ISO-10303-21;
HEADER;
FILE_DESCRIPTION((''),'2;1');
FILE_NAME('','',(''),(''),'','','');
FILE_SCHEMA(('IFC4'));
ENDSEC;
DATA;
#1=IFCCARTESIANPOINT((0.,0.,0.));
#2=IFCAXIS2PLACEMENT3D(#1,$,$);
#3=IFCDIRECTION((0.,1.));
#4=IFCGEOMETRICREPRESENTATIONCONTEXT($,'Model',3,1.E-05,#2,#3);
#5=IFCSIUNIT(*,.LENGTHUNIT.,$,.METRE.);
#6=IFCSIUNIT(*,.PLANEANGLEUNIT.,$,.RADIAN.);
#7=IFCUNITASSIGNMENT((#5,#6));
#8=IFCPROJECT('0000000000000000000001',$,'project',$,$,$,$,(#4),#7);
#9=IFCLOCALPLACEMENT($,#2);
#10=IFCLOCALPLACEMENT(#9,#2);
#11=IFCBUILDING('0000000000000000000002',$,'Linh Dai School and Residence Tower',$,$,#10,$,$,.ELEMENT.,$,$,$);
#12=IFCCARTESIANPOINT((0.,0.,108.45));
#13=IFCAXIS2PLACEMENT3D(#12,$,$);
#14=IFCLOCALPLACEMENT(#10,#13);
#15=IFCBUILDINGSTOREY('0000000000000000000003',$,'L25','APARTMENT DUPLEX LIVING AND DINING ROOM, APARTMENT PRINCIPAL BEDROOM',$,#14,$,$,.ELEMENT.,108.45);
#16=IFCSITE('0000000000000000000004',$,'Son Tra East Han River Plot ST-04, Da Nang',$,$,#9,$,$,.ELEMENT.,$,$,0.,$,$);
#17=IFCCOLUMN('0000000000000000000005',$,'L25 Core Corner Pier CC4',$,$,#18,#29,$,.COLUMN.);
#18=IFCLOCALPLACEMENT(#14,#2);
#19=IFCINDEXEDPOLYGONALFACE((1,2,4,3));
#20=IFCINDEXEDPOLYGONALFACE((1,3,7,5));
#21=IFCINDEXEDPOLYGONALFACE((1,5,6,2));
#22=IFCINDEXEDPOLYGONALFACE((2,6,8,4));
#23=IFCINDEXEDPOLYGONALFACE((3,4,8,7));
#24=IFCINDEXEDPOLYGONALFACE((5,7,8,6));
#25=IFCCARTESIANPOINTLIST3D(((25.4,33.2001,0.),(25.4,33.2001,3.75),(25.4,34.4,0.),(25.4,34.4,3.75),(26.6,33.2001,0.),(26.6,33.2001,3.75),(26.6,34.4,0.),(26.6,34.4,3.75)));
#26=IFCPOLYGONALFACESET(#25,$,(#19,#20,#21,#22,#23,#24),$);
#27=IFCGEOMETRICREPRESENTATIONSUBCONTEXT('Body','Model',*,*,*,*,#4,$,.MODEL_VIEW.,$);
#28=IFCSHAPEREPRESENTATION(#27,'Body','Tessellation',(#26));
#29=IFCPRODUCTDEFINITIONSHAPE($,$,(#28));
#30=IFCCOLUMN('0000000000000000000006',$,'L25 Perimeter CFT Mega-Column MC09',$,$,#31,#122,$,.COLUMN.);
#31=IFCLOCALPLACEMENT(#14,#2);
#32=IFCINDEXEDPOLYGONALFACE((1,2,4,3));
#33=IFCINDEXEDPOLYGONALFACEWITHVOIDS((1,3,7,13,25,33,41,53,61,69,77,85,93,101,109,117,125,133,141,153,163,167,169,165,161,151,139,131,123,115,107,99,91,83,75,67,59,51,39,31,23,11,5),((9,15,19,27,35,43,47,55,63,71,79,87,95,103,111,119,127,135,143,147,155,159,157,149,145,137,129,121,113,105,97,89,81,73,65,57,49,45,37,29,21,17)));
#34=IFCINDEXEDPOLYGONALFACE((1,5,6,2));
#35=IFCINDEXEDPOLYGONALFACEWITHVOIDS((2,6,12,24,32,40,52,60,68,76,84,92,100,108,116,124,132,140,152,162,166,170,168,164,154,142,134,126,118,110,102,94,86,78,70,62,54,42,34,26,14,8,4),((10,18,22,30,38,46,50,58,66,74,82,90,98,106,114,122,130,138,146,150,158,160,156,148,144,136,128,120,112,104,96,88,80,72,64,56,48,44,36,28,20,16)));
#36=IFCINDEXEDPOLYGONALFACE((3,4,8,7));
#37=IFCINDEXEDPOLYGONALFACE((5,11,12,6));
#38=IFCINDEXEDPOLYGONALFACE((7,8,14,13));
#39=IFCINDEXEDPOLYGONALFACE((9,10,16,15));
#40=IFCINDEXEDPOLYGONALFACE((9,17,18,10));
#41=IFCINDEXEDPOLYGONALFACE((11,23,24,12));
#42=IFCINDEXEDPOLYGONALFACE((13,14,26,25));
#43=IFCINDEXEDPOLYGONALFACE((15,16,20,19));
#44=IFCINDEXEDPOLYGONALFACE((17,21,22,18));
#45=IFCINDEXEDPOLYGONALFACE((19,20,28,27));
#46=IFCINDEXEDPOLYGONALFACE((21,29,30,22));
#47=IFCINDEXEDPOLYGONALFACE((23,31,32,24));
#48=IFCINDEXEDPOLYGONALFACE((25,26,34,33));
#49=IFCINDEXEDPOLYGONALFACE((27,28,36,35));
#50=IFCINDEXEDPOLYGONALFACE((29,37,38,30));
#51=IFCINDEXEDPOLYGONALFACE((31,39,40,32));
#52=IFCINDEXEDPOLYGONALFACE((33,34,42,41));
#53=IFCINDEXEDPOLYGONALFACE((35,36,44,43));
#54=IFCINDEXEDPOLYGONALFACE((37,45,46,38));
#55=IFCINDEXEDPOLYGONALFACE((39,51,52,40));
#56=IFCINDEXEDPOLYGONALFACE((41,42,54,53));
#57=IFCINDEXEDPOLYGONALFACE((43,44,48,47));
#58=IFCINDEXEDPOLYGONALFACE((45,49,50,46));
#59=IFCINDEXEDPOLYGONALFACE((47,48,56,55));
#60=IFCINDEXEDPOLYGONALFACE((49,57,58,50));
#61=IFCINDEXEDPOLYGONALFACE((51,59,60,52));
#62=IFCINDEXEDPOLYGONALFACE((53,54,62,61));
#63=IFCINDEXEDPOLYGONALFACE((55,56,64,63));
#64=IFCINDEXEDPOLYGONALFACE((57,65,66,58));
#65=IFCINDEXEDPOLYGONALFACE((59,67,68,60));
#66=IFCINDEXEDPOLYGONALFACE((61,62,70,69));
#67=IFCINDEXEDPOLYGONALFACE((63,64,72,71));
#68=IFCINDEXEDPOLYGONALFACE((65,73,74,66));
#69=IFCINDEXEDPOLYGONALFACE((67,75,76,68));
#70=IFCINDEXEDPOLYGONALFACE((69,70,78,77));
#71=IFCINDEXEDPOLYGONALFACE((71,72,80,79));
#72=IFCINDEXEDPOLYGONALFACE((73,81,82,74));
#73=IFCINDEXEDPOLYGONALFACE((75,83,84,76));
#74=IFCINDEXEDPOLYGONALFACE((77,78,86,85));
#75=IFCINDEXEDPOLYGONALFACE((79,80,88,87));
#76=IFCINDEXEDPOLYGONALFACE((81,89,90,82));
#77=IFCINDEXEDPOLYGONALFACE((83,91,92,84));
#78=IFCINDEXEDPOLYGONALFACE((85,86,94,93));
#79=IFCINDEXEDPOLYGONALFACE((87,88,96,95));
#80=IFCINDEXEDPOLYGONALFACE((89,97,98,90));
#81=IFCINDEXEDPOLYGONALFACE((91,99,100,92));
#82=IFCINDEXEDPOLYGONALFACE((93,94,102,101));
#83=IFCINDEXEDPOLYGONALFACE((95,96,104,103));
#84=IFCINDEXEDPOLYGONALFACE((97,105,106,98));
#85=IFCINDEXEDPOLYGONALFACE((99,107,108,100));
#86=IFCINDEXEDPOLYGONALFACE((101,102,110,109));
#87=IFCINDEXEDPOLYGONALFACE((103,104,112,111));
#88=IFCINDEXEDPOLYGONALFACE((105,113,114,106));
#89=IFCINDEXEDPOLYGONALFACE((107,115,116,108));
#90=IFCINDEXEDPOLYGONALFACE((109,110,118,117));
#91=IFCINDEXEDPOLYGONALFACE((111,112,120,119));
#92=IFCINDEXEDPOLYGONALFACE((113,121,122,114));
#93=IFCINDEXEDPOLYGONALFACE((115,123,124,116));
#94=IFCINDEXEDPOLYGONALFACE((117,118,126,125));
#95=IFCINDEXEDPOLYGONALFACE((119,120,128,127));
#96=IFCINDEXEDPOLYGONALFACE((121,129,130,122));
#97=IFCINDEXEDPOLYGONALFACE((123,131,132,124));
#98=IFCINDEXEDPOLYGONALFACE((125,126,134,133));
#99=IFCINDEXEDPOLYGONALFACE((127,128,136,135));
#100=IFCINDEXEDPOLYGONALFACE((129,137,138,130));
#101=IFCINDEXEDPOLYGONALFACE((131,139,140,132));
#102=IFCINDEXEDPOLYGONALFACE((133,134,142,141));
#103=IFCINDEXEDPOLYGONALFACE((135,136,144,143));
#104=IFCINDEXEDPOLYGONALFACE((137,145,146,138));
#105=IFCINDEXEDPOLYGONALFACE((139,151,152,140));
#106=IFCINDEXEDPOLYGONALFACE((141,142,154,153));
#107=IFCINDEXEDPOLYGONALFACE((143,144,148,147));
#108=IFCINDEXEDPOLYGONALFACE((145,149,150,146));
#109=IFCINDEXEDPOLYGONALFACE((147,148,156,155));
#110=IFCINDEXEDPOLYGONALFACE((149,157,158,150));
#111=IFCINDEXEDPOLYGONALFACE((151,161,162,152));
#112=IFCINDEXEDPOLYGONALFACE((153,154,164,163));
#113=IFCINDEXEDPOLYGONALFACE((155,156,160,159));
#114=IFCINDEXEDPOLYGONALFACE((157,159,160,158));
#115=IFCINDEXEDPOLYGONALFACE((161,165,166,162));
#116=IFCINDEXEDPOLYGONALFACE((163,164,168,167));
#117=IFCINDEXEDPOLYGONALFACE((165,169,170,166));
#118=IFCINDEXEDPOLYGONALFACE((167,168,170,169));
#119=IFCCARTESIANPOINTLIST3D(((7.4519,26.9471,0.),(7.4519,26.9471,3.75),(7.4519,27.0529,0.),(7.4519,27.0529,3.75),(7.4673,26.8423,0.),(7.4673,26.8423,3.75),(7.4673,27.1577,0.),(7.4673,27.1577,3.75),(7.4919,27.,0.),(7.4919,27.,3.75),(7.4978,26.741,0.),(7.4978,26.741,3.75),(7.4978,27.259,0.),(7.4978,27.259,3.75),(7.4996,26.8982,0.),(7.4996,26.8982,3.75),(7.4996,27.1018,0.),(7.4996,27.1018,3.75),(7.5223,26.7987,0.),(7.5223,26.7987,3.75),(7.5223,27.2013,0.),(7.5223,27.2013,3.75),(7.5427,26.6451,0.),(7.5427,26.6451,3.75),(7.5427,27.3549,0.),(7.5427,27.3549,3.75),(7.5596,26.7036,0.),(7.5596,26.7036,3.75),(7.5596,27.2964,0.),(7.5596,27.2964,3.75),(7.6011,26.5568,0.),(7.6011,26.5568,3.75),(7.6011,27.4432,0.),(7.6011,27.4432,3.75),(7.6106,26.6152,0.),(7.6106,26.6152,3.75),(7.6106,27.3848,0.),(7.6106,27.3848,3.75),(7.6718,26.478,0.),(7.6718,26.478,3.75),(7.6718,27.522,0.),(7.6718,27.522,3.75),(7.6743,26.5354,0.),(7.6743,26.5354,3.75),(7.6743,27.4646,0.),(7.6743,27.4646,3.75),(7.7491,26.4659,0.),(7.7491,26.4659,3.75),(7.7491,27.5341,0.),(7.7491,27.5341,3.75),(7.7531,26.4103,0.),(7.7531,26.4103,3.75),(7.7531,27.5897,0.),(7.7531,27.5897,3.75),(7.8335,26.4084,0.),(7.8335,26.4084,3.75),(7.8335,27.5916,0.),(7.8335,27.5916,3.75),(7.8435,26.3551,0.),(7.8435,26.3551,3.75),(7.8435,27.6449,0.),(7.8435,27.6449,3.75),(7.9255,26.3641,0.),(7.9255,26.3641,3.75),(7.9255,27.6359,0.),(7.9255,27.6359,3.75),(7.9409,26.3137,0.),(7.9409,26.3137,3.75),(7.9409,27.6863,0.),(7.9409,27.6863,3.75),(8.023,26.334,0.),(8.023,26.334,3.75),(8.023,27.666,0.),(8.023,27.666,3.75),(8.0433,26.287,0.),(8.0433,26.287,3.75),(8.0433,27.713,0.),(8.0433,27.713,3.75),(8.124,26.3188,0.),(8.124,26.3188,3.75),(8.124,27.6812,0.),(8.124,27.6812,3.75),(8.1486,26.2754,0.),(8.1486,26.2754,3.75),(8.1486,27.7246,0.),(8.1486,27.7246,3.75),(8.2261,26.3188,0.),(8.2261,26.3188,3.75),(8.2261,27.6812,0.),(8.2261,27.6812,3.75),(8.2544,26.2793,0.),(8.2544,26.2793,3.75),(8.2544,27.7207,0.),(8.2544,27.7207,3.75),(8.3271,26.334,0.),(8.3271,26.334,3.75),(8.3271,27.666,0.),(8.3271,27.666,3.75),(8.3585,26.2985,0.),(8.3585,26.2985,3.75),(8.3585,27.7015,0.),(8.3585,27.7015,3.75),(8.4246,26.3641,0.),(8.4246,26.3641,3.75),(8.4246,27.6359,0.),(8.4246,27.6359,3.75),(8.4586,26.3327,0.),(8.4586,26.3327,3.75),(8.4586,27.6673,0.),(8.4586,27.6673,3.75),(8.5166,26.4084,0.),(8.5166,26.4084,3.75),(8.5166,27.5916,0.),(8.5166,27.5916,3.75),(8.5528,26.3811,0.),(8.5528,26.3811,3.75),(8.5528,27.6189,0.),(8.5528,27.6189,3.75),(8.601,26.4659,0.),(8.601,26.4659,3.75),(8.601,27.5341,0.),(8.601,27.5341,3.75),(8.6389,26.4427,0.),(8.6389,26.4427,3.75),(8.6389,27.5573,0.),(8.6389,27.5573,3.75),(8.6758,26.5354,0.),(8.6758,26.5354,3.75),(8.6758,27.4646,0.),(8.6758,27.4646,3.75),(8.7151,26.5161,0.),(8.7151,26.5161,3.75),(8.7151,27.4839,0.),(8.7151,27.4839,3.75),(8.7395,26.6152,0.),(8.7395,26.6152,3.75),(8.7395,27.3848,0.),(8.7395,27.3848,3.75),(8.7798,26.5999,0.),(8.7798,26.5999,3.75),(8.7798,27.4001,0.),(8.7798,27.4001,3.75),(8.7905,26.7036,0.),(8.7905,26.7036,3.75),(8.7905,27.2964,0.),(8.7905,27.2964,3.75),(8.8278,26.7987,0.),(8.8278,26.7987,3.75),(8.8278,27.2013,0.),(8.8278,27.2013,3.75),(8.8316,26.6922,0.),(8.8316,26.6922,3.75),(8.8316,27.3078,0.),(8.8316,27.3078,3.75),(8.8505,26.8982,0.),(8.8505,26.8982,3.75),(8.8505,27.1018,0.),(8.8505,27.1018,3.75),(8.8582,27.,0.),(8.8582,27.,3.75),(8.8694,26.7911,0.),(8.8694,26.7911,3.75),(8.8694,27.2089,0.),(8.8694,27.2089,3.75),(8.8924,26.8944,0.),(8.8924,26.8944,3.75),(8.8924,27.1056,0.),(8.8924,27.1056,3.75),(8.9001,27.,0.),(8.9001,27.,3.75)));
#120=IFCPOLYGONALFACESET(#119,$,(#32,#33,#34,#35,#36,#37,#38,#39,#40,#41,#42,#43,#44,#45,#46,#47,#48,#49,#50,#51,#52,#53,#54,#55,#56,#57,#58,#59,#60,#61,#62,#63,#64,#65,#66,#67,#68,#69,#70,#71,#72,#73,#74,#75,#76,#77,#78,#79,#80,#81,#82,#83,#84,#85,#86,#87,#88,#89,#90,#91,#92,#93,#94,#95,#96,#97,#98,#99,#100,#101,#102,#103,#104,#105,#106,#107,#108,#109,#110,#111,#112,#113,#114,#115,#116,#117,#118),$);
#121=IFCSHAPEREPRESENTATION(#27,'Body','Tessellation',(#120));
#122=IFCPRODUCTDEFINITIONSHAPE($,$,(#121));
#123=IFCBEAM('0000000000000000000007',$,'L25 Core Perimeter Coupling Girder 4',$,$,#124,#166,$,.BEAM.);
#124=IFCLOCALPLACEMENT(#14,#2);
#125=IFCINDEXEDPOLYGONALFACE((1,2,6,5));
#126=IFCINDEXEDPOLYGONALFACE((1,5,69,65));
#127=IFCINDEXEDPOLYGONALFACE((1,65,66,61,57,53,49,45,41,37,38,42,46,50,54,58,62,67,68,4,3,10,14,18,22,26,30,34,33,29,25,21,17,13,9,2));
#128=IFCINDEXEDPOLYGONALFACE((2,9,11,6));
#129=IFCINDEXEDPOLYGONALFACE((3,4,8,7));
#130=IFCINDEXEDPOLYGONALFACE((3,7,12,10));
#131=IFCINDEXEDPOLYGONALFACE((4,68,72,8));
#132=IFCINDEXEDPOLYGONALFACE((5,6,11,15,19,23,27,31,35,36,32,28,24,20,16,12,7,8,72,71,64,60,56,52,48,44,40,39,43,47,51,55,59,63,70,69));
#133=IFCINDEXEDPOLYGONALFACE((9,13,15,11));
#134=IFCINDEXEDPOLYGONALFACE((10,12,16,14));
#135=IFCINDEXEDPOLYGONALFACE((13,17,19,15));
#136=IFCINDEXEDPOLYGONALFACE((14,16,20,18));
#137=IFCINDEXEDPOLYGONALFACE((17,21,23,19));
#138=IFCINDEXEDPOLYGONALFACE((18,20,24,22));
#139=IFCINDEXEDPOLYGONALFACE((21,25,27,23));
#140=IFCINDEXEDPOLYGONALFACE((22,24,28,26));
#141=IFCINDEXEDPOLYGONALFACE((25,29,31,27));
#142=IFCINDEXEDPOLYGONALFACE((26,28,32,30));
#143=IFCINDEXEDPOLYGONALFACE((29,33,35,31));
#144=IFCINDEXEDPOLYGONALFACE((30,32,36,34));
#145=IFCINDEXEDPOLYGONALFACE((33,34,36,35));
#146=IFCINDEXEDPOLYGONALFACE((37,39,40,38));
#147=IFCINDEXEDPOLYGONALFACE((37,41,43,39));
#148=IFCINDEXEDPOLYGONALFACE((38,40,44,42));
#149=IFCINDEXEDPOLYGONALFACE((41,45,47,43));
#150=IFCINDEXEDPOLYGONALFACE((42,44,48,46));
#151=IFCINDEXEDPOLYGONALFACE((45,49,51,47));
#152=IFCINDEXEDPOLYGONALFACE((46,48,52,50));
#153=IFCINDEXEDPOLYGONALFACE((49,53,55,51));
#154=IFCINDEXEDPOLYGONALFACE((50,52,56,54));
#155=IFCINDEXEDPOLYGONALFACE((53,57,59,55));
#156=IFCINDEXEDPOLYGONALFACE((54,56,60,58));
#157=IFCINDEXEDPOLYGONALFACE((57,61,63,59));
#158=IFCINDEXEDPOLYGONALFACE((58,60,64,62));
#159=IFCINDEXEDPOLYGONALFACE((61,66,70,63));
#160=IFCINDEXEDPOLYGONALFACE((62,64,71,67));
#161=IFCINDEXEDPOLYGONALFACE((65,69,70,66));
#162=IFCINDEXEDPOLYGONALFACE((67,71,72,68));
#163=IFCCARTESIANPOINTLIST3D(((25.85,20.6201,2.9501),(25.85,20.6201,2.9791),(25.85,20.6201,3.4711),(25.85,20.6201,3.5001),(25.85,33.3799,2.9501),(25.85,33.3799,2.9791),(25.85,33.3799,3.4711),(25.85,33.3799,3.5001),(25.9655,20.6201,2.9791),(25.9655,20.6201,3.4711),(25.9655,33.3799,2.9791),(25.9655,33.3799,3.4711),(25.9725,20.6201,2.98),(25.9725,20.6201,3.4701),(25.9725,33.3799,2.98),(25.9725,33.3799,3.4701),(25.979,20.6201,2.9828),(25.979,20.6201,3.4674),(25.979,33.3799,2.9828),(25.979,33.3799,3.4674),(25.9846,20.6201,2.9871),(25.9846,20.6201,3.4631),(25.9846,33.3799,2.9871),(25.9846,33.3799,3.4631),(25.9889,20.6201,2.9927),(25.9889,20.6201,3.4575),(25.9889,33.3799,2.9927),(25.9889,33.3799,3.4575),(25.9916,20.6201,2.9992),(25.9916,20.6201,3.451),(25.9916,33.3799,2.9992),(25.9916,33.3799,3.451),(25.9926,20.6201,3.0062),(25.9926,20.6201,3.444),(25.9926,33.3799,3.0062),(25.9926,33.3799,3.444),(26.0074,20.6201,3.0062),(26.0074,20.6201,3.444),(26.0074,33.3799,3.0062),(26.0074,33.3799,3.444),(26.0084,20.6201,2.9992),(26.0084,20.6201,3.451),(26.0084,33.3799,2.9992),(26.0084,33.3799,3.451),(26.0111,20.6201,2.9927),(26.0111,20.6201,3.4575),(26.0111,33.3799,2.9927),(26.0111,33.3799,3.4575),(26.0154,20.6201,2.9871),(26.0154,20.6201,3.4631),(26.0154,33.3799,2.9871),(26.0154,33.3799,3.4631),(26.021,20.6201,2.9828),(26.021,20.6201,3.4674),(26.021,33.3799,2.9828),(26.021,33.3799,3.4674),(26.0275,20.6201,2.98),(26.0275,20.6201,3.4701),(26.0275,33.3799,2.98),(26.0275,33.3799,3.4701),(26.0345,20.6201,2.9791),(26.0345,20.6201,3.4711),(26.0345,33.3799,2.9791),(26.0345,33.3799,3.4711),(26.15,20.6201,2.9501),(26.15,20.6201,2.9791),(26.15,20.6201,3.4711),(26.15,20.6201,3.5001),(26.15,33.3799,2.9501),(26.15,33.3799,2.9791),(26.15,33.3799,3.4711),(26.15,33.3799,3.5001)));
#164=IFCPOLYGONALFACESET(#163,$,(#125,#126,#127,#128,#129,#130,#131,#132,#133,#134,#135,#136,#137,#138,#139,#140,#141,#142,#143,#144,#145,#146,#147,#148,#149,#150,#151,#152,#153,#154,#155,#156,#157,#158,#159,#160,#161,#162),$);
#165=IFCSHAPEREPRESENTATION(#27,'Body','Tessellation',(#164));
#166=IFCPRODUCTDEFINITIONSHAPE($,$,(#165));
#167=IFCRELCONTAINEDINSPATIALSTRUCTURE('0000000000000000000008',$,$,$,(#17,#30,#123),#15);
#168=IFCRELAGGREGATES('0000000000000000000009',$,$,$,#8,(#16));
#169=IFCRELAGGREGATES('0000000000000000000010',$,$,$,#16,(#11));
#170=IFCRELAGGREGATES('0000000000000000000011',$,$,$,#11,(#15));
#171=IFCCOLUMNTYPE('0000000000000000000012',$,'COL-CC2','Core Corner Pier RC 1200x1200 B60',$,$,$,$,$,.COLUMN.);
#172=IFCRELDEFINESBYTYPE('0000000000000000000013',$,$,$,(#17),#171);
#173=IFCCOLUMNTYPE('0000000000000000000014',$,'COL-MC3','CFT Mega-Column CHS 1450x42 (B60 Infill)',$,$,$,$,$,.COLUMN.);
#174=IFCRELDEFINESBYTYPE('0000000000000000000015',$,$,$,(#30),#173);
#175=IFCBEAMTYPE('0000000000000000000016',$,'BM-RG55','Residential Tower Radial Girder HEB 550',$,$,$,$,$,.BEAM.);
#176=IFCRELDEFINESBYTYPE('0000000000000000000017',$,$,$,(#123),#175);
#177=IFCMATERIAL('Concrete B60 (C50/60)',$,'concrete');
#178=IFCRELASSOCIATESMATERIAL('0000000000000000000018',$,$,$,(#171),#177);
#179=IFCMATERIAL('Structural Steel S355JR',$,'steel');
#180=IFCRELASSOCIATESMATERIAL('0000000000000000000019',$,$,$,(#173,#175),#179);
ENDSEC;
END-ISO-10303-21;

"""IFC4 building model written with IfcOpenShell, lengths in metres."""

from ifc_helpers import new_model, si_unit, direction, frame, origin, origin_2d, place, context, subcontext, project, spatial, rectangle, hollow_circle, i_section, extrude, material, material_profile, profile_set, type_object, element, save


model = new_model("IFC4")

# Units and contexts
model_context = context("Model", 3, precision=1e-05, world=origin(), true_north=direction((0.0, 1.0)))
body_context = subcontext(model_context, "Body", "Model", "MODEL_VIEW")
ifc_project = project(units=[si_unit("LENGTHUNIT", "METRE"), si_unit("PLANEANGLEUNIT", "RADIAN")], contexts=[model_context])

# Site, building, storey
site_placement = place(None, origin())
site = spatial("IfcSite", under=ifc_project, at=site_placement, Name="Son Tra East Han River Plot ST-04, Da Nang", CompositionType="ELEMENT", RefElevation=0.0)
building_placement = place(site_placement, origin())
building = spatial("IfcBuilding", under=site, at=building_placement, Name="Linh Dai School and Residence Tower", CompositionType="ELEMENT")
storey_placement = place(building_placement, frame((0.0, 0.0, 108.45)))
storey = spatial("IfcBuildingStorey", under=building, at=storey_placement, Name="L25", Description="APARTMENT DUPLEX LIVING AND DINING ROOM, APARTMENT PRINCIPAL BEDROOM", CompositionType="ELEMENT", Elevation=108.45)

# Columns
ifc_material_1 = material(Name="Concrete B60 (C50/60)", Category="concrete")
ifc_material_profile_1 = material_profile(ifc_material_1, rectangle(XDim=1.2, YDim=1.2, at=origin_2d()), Name="RC 1200x1200")
ifc_profile_set_1 = profile_set([ifc_material_profile_1], Name="Concrete B60 (C50/60)")
column_type_1 = type_object("IfcColumnType", Name="COL-CC2", Description="Core Corner Pier RC 1200x1200 B60", PredefinedType="COLUMN", material=ifc_profile_set_1)
column_1_placement = place(storey_placement, frame((26.0, 33.8, 0.0), z_axis=(0.0, 0.0, 1.0), x_axis=(1.0, 0.0, 0.0)))
element("IfcColumn", 1, at=column_1_placement, inside=storey, type_object=column_type_1, Name="L25 Core Corner Pier CC4", PredefinedType="COLUMN", context=body_context, shape_type="SweptSolid", body=[
    extrude(rectangle(XDim=1.2, YDim=1.2, at=origin_2d()), origin(), (0.0, 0.0, 1.0), 3.75),
])
ifc_material_2 = material(Name="Structural Steel S355JR", Category="steel")
ifc_material_profile_2 = material_profile(ifc_material_2, hollow_circle(Radius=0.7251, WallThickness=0.042, at=origin_2d()), Name="CHS 1450x42")
ifc_profile_set_2 = profile_set([ifc_material_profile_2], Name="Structural Steel S355JR")
column_type_2 = type_object("IfcColumnType", Name="COL-MC3", Description="CFT Mega-Column CHS 1450x42 (B60 Infill)", PredefinedType="COLUMN", material=ifc_profile_set_2)
column_2_placement = place(storey_placement, frame((8.175, 27.0, 0.0), z_axis=(0.0, 0.0, 1.0), x_axis=(1.0, 0.0, 0.0)))
element("IfcColumn", 2, at=column_2_placement, inside=storey, type_object=column_type_2, Name="L25 Perimeter CFT Mega-Column MC09", PredefinedType="COLUMN", context=body_context, shape_type="SweptSolid", body=[
    extrude(hollow_circle(Radius=0.7251, WallThickness=0.042, at=origin_2d()), origin(), (0.0, 0.0, 1.0), 3.75),
])

# Beam
ifc_material_profile_3 = material_profile(ifc_material_2, i_section(OverallWidth=0.3, OverallDepth=0.55, WebThickness=0.0149, FlangeThickness=0.0291, FilletRadius=0.0271, at=origin_2d()), Name="HEB 550")
ifc_profile_set_3 = profile_set([ifc_material_profile_3], Name="Structural Steel S355JR")
beam_type_1 = type_object("IfcBeamType", Name="BM-RG55", Description="Residential Tower Radial Girder HEB 550", PredefinedType="BEAM", material=ifc_profile_set_3)
beam_1_placement = place(storey_placement, frame((26.0, 33.3799, 3.2251), z_axis=(0.0, -1.0, 0.0), x_axis=(1.0, 0.0, 0.0)))
element("IfcBeam", 3, at=beam_1_placement, inside=storey, type_object=beam_type_1, Name="L25 Core Perimeter Coupling Girder 4", PredefinedType="BEAM", context=body_context, shape_type="SweptSolid", body=[
    extrude(i_section(OverallWidth=0.3, OverallDepth=0.55, WebThickness=0.0149, FlangeThickness=0.0291, FilletRadius=0.0271, at=origin_2d()), origin(), (0.0, 0.0, 1.0), 12.7598),
])

save(model, "model.ifc")
